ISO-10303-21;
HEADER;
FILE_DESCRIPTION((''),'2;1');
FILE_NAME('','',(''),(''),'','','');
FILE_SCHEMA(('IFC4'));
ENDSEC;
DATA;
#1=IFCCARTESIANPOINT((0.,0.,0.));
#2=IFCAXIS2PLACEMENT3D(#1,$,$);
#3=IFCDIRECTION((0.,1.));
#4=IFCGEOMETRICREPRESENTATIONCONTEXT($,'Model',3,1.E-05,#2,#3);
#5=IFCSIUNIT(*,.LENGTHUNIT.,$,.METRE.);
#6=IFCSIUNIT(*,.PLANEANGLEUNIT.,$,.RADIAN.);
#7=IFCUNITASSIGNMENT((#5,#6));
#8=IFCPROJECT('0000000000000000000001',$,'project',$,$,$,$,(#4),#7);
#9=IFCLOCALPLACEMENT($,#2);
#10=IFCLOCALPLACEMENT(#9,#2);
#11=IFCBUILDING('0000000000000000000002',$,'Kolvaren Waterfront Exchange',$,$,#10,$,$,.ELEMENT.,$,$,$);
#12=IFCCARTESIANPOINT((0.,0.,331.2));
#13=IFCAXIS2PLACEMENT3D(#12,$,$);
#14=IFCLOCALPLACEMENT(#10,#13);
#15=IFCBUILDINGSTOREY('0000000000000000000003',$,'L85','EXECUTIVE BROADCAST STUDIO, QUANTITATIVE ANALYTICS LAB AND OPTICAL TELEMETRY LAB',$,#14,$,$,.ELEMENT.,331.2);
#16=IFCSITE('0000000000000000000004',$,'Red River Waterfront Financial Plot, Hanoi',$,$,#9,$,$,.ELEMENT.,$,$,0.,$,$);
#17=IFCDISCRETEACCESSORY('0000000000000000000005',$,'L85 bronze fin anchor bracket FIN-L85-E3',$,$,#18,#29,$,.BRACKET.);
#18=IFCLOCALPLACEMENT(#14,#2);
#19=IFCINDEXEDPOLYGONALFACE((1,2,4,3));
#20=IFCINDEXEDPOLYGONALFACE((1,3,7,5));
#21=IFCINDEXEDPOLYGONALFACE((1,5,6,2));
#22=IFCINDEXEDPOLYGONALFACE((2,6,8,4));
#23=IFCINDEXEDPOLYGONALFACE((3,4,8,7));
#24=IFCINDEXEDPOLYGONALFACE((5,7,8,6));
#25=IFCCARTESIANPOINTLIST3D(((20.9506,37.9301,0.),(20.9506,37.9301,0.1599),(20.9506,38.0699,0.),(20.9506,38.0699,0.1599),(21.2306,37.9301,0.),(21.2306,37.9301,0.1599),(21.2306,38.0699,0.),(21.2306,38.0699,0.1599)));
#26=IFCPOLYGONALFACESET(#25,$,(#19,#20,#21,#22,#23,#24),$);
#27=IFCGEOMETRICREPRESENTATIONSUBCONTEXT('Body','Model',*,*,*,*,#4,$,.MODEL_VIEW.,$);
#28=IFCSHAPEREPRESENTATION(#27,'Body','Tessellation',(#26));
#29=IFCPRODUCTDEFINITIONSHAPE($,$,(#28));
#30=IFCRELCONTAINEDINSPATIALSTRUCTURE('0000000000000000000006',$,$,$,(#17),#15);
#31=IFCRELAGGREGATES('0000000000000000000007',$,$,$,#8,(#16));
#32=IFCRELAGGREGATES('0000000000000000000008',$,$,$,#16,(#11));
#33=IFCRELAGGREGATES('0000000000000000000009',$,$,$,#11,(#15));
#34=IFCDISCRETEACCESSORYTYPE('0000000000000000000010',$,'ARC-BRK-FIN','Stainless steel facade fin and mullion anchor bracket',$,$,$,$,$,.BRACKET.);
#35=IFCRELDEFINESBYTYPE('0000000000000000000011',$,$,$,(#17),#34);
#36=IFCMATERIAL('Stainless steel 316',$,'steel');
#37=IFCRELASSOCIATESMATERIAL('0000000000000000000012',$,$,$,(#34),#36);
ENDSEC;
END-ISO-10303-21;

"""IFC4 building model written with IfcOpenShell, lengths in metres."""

from ifc_helpers import new_model, si_unit, direction, frame, origin, origin_with_axes, origin_2d, place, context, subcontext, project, spatial, rectangle, extrude, source, transform, mapped, material, type_object, element, save


model = new_model("IFC4")

# Units and contexts
model_context = context("Model", 3, precision=1e-05, world=origin(), true_north=direction((0.0, 1.0)))
body_context = subcontext(model_context, "Body", "Model", "MODEL_VIEW")
ifc_project = project(units=[si_unit("LENGTHUNIT", "METRE"), si_unit("PLANEANGLEUNIT", "RADIAN")], contexts=[model_context])

# Site, building, storey
site_placement = place(None, origin())
site = spatial("IfcSite", under=ifc_project, at=site_placement, Name="Red River Waterfront Financial Plot, Hanoi", CompositionType="ELEMENT", RefElevation=0.0)
building_placement = place(site_placement, origin())
building = spatial("IfcBuilding", under=site, at=building_placement, Name="Kolvaren Waterfront Exchange", CompositionType="ELEMENT")
storey_placement = place(building_placement, frame((0.0, 0.0, 331.2)))
storey = spatial("IfcBuildingStorey", under=building, at=storey_placement, Name="L85", Description="EXECUTIVE BROADCAST STUDIO, QUANTITATIVE ANALYTICS LAB AND OPTICAL TELEMETRY LAB", CompositionType="ELEMENT", Elevation=331.2)

# Shared definitions
ifc_material_1 = material(Name="Stainless steel 316", Category="steel")

# Discrete accessory
discrete_accessory_type = type_object("IfcDiscreteAccessoryType", Name="ARC-BRK-FIN", Description="Stainless steel facade fin and mullion anchor bracket", PredefinedType="BRACKET", material=ifc_material_1)
shared_shape_1 = source(origin_with_axes(), body_context, "Body", "SweptSolid", [
    extrude(rectangle(XDim=0.28, YDim=0.1399, at=origin_2d()), origin(), (0.0, 0.0, 1.0), 0.1599),
])
for number, where, z_axis, x_axis, name in (
    (1, (21.0906, 38.0, 0.0), (0.0, 0.0, 1.0), (1.0, 0.0, 0.0), "L85 bronze fin anchor bracket FIN-L85-E3"),
):
    element("IfcDiscreteAccessory", number, at=place(storey_placement, frame(where, z_axis=z_axis, x_axis=x_axis)), inside=storey, type_object=discrete_accessory_type, Name=name, PredefinedType="BRACKET", context=body_context, shape_type="MappedRepresentation", body=[
        mapped(shared_shape_1, transform((0.0, 0.0, 0.0), x_axis=(1.0, 0.0, 0.0), y_axis=(0.0, 1.0, 0.0), z_axis=(0.0, 0.0, 1.0), scale=1.0)),
    ])

save(model, "model.ifc")
